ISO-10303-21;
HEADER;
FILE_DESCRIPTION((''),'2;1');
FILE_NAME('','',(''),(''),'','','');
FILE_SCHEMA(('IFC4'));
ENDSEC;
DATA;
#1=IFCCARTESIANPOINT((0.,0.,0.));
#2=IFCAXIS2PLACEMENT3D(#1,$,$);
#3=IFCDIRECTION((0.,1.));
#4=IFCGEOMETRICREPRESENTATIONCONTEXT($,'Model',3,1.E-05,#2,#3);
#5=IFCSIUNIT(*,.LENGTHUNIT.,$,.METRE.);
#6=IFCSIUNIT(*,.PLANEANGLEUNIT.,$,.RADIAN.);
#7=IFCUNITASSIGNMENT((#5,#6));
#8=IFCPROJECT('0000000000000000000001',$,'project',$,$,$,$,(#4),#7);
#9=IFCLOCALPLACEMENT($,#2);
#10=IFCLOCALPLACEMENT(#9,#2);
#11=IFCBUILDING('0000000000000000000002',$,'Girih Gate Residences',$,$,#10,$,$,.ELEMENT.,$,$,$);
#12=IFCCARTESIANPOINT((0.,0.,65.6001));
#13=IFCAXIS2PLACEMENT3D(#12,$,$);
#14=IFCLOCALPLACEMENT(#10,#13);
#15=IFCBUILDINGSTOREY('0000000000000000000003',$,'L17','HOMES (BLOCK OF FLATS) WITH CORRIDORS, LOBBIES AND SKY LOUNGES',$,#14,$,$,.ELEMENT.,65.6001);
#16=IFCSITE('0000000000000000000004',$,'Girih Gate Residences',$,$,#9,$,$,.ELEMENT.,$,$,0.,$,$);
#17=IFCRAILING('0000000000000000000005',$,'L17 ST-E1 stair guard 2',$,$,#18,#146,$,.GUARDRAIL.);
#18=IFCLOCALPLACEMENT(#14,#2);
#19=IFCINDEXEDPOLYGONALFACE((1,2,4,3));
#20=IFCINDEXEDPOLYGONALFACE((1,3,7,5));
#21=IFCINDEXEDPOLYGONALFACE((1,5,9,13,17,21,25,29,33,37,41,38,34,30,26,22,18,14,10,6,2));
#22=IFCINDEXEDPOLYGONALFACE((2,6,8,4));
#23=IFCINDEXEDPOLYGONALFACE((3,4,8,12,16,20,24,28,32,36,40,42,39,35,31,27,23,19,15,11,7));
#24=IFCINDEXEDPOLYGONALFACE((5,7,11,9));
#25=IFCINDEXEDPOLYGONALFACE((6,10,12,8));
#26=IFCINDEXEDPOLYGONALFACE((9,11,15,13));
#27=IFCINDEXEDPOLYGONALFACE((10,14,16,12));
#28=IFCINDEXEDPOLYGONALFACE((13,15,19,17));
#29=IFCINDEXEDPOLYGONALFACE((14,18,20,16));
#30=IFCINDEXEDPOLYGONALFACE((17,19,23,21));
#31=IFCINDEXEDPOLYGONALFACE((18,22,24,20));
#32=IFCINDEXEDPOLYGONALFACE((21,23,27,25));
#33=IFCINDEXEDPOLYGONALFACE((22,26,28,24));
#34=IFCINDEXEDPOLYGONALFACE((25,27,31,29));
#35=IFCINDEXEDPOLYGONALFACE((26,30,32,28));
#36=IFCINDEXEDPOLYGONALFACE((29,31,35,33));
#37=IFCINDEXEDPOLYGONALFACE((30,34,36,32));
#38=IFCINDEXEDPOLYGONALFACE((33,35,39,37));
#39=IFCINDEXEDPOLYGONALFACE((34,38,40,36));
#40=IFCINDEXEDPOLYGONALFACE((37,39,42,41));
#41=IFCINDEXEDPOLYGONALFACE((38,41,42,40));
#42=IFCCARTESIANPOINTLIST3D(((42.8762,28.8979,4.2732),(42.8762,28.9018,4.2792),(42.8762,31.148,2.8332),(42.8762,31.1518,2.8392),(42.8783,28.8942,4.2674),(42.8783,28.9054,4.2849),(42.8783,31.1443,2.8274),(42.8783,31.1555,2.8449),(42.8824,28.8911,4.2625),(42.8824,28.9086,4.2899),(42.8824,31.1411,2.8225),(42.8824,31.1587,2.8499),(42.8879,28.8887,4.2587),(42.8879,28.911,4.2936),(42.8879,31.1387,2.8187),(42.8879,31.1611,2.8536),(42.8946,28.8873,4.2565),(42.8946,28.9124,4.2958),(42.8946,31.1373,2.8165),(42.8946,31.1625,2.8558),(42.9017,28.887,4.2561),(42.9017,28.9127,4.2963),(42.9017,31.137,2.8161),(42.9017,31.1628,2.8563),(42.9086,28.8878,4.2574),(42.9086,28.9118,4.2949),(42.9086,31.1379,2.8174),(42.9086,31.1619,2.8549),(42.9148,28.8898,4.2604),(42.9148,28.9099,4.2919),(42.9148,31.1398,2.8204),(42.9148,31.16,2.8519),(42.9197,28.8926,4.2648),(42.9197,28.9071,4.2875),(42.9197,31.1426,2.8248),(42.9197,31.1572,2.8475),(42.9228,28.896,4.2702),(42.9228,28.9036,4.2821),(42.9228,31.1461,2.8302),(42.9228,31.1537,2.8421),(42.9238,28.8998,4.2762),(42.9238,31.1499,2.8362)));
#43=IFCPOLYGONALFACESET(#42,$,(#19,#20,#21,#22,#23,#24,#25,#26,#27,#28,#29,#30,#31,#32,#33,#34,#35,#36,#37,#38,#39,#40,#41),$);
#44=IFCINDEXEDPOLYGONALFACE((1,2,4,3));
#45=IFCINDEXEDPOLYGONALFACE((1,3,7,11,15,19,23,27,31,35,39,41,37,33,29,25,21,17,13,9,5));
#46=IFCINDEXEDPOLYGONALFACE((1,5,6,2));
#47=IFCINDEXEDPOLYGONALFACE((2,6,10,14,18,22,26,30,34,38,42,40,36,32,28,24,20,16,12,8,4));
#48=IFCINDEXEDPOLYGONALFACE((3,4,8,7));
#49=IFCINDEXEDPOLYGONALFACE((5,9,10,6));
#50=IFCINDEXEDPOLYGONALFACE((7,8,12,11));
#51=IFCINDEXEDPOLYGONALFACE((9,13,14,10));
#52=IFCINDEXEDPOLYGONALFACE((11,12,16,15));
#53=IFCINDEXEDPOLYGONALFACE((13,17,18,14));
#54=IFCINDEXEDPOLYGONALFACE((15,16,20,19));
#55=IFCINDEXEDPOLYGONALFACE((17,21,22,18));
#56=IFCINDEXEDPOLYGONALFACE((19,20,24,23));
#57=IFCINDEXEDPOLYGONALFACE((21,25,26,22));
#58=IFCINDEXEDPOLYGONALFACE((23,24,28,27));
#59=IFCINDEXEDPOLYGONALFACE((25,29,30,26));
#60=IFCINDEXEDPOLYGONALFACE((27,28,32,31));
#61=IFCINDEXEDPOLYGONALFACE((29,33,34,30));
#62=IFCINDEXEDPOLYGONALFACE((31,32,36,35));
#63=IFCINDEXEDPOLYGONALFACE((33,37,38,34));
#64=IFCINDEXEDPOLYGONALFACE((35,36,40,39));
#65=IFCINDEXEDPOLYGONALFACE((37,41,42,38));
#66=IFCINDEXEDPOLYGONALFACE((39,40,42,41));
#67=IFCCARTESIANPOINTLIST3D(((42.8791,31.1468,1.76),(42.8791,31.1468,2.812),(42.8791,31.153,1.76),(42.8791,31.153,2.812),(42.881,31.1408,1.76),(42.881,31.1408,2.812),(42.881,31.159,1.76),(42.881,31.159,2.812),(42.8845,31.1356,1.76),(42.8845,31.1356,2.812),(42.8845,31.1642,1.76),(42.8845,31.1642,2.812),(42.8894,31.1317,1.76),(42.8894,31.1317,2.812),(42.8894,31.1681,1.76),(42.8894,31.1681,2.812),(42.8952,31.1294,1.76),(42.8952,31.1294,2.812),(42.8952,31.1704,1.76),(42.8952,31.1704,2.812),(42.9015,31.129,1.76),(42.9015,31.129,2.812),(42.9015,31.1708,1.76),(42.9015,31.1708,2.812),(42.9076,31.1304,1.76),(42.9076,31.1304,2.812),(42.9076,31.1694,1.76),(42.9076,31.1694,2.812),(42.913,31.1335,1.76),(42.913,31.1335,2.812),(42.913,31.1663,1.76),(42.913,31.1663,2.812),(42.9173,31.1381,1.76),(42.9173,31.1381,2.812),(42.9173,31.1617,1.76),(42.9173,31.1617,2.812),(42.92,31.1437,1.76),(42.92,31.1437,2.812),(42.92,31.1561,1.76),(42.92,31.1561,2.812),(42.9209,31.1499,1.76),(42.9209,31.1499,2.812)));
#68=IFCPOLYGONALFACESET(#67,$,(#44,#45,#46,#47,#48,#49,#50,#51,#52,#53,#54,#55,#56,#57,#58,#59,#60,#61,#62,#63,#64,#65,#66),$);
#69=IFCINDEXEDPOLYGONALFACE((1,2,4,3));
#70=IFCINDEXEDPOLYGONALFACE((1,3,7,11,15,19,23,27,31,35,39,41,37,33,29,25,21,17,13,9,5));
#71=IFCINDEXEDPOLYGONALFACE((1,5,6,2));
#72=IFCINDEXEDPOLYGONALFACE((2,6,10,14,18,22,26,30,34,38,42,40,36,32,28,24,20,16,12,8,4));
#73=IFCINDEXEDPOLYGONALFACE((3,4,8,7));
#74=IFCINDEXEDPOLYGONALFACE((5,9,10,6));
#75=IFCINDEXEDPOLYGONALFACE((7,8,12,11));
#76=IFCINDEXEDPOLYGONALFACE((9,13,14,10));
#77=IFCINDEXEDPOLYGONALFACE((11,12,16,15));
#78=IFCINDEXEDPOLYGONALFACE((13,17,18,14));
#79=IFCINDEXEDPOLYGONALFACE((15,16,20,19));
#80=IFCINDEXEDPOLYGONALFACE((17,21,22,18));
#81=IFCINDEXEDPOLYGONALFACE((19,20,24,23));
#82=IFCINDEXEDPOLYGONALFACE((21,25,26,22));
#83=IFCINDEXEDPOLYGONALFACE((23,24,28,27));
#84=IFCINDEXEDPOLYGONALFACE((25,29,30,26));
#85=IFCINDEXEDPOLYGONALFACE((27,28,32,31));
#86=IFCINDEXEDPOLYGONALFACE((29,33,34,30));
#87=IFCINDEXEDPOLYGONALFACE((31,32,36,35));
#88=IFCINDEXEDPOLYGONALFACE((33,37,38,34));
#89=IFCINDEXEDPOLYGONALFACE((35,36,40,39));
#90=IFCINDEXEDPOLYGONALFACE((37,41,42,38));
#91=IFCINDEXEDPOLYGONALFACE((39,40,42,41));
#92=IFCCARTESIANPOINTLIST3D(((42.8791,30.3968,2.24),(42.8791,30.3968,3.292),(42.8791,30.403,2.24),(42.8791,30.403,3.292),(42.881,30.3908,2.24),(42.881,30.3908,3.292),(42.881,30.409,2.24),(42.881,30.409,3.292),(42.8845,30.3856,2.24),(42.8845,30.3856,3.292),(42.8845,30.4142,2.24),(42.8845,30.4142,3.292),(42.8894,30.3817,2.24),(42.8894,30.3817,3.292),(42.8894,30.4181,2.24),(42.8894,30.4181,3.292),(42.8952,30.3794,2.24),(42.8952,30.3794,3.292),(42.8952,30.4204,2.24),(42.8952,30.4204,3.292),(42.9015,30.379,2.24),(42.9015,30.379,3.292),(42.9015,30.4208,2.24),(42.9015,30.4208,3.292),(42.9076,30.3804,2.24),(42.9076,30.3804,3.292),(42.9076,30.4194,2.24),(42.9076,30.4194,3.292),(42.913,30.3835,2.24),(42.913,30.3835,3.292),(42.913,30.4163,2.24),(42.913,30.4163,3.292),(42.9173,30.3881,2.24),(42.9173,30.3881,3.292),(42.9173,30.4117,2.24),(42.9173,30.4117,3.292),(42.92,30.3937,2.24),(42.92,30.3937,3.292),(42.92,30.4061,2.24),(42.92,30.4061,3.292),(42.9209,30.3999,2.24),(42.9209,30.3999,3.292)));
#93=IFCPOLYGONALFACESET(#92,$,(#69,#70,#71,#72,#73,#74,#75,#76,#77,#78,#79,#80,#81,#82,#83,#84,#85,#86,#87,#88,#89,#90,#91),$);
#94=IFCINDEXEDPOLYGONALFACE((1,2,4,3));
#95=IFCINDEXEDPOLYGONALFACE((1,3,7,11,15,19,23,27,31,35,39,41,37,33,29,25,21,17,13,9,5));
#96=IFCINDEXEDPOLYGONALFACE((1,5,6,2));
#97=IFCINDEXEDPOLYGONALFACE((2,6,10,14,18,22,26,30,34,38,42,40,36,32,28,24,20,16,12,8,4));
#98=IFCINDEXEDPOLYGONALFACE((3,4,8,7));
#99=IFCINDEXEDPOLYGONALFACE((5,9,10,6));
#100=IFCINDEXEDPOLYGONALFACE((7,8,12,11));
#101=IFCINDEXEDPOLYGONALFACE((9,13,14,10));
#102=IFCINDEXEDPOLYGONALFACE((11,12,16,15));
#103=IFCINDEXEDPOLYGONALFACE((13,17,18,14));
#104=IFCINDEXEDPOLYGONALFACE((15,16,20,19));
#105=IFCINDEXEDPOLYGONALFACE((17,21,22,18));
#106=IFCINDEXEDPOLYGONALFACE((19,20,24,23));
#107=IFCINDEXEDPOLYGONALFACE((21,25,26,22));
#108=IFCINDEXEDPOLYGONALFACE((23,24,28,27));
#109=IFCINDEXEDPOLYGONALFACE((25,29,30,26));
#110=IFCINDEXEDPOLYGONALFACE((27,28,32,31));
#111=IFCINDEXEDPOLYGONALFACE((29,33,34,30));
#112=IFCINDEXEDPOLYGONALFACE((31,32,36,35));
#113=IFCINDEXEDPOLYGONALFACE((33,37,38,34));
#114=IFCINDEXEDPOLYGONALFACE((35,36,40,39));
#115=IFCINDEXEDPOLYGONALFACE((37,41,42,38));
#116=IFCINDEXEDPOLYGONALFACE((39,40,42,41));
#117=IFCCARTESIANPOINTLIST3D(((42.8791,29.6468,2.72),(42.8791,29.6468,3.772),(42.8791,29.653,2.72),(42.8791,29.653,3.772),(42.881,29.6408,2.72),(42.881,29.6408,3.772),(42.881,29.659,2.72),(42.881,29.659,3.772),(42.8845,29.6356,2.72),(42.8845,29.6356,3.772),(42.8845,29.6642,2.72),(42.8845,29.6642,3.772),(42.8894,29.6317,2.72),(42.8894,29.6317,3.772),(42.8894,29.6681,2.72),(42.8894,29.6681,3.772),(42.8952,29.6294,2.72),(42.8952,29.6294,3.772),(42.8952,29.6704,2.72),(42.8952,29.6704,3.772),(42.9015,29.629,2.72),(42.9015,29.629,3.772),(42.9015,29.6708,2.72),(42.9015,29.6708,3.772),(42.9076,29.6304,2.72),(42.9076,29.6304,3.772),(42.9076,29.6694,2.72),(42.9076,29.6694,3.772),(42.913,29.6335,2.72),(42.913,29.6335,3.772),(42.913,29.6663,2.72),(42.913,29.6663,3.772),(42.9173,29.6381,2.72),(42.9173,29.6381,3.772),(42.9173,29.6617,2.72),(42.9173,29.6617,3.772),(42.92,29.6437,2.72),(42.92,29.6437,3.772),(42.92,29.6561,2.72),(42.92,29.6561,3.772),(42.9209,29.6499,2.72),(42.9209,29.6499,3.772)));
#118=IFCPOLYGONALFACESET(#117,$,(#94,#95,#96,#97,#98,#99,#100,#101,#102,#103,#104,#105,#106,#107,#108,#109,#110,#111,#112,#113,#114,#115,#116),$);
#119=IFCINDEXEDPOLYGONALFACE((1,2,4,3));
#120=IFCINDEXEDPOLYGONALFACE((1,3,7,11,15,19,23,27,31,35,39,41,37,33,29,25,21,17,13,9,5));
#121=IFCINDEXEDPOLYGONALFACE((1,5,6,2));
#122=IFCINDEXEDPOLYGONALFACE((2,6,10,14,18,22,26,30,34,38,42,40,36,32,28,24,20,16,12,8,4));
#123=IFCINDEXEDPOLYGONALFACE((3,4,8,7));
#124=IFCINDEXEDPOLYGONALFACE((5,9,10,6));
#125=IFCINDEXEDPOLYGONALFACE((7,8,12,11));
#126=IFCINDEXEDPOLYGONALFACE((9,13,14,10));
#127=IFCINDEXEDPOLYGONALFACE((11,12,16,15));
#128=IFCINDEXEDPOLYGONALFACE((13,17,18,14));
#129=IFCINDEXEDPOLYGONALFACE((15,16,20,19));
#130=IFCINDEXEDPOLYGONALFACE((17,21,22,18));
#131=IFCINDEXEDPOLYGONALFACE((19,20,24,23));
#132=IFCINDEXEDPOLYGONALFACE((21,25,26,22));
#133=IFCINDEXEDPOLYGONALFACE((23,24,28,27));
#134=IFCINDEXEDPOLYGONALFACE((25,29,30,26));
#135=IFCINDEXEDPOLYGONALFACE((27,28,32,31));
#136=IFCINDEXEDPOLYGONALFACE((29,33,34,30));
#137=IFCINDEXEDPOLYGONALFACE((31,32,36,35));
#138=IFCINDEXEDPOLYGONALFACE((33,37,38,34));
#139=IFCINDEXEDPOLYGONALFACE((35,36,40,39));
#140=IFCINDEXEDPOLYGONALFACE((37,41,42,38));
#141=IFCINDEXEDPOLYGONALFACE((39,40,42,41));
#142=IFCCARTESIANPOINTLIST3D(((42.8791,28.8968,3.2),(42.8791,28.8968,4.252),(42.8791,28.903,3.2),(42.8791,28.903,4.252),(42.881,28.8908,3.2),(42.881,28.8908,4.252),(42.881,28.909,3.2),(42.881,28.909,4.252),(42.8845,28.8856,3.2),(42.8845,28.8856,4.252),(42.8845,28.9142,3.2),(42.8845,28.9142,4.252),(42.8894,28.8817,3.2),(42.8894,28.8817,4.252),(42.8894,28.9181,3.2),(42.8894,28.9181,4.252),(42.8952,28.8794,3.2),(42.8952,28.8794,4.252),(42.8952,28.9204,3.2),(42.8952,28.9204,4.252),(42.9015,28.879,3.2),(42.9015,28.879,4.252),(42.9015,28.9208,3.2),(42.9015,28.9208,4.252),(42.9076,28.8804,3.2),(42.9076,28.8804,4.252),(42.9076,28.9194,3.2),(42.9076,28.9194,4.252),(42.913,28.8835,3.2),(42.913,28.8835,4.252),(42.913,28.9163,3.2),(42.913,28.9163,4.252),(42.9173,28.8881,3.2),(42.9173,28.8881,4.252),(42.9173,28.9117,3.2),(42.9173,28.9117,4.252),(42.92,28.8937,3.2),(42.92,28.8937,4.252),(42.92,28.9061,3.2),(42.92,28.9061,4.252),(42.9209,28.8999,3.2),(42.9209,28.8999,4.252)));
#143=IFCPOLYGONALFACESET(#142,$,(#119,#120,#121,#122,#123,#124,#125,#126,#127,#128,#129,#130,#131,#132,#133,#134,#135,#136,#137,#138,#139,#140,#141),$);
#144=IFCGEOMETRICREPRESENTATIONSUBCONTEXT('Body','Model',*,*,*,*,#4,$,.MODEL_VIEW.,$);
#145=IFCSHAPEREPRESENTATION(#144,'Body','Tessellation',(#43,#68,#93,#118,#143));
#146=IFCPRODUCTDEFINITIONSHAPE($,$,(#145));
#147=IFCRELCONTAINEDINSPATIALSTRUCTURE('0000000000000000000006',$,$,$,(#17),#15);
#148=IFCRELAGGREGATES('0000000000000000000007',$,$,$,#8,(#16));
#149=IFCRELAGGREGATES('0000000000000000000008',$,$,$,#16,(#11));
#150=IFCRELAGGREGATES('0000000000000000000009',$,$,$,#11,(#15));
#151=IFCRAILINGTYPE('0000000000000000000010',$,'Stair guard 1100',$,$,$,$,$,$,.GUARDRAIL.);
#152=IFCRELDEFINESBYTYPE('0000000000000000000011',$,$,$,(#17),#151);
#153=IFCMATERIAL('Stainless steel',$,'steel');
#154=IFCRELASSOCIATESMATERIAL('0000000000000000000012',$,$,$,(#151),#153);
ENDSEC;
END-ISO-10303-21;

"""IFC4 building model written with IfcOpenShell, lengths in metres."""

from ifc_helpers import new_model, si_unit, direction, frame, origin, origin_2d, place, context, subcontext, project, spatial, circle, extrude, material, type_object, element, save


model = new_model("IFC4")

# Units and contexts
model_context = context("Model", 3, precision=1e-05, world=origin(), true_north=direction((0.0, 1.0)))
body_context = subcontext(model_context, "Body", "Model", "MODEL_VIEW")
ifc_project = project(units=[si_unit("LENGTHUNIT", "METRE"), si_unit("PLANEANGLEUNIT", "RADIAN")], contexts=[model_context])

# Site, building, storey
site_placement = place(None, origin())
site = spatial("IfcSite", under=ifc_project, at=site_placement, Name="Girih Gate Residences", CompositionType="ELEMENT", RefElevation=0.0)
building_placement = place(site_placement, origin())
building = spatial("IfcBuilding", under=site, at=building_placement, Name="Girih Gate Residences", CompositionType="ELEMENT")
storey_placement = place(building_placement, frame((0.0, 0.0, 65.6001)))
storey = spatial("IfcBuildingStorey", under=building, at=storey_placement, Name="L17", Description="HOMES (BLOCK OF FLATS) WITH CORRIDORS, LOBBIES AND SKY LOUNGES", CompositionType="ELEMENT", Elevation=65.6001)

# Railing
ifc_material_1 = material(Name="Stainless steel", Category="steel")
railing_type_1 = type_object("IfcRailingType", Name="Stair guard 1100", PredefinedType="GUARDRAIL", material=ifc_material_1)
railing_1_placement = place(storey_placement, frame((42.8999, 31.1499, 1.76)))
element("IfcRailing", 1, at=railing_1_placement, inside=storey, type_object=railing_type_1, Name="L17 ST-E1 stair guard 2", PredefinedType="GUARDRAIL", context=body_context, shape_type="SweptSolid", body=[
    extrude(circle(Radius=0.0239, at=origin_2d()), frame((0.0, 0.0, 1.0762), z_axis=(0.0, -0.842281, 0.539038), x_axis=(1.0, 0.0, 0.0)), (0.0, 0.0, 1.0), 2.6714),
    extrude(circle(Radius=0.021, at=origin_2d()), origin(), (0.0, 0.0, 1.0), 1.052),
    extrude(circle(Radius=0.021, at=origin_2d()), frame((0.0, -0.75, 0.48)), (0.0, 0.0, 1.0), 1.052),
    extrude(circle(Radius=0.021, at=origin_2d()), frame((0.0, -1.5, 0.96)), (0.0, 0.0, 1.0), 1.052),
    extrude(circle(Radius=0.021, at=origin_2d()), frame((0.0, -2.25, 1.4399)), (0.0, 0.0, 1.0), 1.052),
])

save(model, "model.ifc")
